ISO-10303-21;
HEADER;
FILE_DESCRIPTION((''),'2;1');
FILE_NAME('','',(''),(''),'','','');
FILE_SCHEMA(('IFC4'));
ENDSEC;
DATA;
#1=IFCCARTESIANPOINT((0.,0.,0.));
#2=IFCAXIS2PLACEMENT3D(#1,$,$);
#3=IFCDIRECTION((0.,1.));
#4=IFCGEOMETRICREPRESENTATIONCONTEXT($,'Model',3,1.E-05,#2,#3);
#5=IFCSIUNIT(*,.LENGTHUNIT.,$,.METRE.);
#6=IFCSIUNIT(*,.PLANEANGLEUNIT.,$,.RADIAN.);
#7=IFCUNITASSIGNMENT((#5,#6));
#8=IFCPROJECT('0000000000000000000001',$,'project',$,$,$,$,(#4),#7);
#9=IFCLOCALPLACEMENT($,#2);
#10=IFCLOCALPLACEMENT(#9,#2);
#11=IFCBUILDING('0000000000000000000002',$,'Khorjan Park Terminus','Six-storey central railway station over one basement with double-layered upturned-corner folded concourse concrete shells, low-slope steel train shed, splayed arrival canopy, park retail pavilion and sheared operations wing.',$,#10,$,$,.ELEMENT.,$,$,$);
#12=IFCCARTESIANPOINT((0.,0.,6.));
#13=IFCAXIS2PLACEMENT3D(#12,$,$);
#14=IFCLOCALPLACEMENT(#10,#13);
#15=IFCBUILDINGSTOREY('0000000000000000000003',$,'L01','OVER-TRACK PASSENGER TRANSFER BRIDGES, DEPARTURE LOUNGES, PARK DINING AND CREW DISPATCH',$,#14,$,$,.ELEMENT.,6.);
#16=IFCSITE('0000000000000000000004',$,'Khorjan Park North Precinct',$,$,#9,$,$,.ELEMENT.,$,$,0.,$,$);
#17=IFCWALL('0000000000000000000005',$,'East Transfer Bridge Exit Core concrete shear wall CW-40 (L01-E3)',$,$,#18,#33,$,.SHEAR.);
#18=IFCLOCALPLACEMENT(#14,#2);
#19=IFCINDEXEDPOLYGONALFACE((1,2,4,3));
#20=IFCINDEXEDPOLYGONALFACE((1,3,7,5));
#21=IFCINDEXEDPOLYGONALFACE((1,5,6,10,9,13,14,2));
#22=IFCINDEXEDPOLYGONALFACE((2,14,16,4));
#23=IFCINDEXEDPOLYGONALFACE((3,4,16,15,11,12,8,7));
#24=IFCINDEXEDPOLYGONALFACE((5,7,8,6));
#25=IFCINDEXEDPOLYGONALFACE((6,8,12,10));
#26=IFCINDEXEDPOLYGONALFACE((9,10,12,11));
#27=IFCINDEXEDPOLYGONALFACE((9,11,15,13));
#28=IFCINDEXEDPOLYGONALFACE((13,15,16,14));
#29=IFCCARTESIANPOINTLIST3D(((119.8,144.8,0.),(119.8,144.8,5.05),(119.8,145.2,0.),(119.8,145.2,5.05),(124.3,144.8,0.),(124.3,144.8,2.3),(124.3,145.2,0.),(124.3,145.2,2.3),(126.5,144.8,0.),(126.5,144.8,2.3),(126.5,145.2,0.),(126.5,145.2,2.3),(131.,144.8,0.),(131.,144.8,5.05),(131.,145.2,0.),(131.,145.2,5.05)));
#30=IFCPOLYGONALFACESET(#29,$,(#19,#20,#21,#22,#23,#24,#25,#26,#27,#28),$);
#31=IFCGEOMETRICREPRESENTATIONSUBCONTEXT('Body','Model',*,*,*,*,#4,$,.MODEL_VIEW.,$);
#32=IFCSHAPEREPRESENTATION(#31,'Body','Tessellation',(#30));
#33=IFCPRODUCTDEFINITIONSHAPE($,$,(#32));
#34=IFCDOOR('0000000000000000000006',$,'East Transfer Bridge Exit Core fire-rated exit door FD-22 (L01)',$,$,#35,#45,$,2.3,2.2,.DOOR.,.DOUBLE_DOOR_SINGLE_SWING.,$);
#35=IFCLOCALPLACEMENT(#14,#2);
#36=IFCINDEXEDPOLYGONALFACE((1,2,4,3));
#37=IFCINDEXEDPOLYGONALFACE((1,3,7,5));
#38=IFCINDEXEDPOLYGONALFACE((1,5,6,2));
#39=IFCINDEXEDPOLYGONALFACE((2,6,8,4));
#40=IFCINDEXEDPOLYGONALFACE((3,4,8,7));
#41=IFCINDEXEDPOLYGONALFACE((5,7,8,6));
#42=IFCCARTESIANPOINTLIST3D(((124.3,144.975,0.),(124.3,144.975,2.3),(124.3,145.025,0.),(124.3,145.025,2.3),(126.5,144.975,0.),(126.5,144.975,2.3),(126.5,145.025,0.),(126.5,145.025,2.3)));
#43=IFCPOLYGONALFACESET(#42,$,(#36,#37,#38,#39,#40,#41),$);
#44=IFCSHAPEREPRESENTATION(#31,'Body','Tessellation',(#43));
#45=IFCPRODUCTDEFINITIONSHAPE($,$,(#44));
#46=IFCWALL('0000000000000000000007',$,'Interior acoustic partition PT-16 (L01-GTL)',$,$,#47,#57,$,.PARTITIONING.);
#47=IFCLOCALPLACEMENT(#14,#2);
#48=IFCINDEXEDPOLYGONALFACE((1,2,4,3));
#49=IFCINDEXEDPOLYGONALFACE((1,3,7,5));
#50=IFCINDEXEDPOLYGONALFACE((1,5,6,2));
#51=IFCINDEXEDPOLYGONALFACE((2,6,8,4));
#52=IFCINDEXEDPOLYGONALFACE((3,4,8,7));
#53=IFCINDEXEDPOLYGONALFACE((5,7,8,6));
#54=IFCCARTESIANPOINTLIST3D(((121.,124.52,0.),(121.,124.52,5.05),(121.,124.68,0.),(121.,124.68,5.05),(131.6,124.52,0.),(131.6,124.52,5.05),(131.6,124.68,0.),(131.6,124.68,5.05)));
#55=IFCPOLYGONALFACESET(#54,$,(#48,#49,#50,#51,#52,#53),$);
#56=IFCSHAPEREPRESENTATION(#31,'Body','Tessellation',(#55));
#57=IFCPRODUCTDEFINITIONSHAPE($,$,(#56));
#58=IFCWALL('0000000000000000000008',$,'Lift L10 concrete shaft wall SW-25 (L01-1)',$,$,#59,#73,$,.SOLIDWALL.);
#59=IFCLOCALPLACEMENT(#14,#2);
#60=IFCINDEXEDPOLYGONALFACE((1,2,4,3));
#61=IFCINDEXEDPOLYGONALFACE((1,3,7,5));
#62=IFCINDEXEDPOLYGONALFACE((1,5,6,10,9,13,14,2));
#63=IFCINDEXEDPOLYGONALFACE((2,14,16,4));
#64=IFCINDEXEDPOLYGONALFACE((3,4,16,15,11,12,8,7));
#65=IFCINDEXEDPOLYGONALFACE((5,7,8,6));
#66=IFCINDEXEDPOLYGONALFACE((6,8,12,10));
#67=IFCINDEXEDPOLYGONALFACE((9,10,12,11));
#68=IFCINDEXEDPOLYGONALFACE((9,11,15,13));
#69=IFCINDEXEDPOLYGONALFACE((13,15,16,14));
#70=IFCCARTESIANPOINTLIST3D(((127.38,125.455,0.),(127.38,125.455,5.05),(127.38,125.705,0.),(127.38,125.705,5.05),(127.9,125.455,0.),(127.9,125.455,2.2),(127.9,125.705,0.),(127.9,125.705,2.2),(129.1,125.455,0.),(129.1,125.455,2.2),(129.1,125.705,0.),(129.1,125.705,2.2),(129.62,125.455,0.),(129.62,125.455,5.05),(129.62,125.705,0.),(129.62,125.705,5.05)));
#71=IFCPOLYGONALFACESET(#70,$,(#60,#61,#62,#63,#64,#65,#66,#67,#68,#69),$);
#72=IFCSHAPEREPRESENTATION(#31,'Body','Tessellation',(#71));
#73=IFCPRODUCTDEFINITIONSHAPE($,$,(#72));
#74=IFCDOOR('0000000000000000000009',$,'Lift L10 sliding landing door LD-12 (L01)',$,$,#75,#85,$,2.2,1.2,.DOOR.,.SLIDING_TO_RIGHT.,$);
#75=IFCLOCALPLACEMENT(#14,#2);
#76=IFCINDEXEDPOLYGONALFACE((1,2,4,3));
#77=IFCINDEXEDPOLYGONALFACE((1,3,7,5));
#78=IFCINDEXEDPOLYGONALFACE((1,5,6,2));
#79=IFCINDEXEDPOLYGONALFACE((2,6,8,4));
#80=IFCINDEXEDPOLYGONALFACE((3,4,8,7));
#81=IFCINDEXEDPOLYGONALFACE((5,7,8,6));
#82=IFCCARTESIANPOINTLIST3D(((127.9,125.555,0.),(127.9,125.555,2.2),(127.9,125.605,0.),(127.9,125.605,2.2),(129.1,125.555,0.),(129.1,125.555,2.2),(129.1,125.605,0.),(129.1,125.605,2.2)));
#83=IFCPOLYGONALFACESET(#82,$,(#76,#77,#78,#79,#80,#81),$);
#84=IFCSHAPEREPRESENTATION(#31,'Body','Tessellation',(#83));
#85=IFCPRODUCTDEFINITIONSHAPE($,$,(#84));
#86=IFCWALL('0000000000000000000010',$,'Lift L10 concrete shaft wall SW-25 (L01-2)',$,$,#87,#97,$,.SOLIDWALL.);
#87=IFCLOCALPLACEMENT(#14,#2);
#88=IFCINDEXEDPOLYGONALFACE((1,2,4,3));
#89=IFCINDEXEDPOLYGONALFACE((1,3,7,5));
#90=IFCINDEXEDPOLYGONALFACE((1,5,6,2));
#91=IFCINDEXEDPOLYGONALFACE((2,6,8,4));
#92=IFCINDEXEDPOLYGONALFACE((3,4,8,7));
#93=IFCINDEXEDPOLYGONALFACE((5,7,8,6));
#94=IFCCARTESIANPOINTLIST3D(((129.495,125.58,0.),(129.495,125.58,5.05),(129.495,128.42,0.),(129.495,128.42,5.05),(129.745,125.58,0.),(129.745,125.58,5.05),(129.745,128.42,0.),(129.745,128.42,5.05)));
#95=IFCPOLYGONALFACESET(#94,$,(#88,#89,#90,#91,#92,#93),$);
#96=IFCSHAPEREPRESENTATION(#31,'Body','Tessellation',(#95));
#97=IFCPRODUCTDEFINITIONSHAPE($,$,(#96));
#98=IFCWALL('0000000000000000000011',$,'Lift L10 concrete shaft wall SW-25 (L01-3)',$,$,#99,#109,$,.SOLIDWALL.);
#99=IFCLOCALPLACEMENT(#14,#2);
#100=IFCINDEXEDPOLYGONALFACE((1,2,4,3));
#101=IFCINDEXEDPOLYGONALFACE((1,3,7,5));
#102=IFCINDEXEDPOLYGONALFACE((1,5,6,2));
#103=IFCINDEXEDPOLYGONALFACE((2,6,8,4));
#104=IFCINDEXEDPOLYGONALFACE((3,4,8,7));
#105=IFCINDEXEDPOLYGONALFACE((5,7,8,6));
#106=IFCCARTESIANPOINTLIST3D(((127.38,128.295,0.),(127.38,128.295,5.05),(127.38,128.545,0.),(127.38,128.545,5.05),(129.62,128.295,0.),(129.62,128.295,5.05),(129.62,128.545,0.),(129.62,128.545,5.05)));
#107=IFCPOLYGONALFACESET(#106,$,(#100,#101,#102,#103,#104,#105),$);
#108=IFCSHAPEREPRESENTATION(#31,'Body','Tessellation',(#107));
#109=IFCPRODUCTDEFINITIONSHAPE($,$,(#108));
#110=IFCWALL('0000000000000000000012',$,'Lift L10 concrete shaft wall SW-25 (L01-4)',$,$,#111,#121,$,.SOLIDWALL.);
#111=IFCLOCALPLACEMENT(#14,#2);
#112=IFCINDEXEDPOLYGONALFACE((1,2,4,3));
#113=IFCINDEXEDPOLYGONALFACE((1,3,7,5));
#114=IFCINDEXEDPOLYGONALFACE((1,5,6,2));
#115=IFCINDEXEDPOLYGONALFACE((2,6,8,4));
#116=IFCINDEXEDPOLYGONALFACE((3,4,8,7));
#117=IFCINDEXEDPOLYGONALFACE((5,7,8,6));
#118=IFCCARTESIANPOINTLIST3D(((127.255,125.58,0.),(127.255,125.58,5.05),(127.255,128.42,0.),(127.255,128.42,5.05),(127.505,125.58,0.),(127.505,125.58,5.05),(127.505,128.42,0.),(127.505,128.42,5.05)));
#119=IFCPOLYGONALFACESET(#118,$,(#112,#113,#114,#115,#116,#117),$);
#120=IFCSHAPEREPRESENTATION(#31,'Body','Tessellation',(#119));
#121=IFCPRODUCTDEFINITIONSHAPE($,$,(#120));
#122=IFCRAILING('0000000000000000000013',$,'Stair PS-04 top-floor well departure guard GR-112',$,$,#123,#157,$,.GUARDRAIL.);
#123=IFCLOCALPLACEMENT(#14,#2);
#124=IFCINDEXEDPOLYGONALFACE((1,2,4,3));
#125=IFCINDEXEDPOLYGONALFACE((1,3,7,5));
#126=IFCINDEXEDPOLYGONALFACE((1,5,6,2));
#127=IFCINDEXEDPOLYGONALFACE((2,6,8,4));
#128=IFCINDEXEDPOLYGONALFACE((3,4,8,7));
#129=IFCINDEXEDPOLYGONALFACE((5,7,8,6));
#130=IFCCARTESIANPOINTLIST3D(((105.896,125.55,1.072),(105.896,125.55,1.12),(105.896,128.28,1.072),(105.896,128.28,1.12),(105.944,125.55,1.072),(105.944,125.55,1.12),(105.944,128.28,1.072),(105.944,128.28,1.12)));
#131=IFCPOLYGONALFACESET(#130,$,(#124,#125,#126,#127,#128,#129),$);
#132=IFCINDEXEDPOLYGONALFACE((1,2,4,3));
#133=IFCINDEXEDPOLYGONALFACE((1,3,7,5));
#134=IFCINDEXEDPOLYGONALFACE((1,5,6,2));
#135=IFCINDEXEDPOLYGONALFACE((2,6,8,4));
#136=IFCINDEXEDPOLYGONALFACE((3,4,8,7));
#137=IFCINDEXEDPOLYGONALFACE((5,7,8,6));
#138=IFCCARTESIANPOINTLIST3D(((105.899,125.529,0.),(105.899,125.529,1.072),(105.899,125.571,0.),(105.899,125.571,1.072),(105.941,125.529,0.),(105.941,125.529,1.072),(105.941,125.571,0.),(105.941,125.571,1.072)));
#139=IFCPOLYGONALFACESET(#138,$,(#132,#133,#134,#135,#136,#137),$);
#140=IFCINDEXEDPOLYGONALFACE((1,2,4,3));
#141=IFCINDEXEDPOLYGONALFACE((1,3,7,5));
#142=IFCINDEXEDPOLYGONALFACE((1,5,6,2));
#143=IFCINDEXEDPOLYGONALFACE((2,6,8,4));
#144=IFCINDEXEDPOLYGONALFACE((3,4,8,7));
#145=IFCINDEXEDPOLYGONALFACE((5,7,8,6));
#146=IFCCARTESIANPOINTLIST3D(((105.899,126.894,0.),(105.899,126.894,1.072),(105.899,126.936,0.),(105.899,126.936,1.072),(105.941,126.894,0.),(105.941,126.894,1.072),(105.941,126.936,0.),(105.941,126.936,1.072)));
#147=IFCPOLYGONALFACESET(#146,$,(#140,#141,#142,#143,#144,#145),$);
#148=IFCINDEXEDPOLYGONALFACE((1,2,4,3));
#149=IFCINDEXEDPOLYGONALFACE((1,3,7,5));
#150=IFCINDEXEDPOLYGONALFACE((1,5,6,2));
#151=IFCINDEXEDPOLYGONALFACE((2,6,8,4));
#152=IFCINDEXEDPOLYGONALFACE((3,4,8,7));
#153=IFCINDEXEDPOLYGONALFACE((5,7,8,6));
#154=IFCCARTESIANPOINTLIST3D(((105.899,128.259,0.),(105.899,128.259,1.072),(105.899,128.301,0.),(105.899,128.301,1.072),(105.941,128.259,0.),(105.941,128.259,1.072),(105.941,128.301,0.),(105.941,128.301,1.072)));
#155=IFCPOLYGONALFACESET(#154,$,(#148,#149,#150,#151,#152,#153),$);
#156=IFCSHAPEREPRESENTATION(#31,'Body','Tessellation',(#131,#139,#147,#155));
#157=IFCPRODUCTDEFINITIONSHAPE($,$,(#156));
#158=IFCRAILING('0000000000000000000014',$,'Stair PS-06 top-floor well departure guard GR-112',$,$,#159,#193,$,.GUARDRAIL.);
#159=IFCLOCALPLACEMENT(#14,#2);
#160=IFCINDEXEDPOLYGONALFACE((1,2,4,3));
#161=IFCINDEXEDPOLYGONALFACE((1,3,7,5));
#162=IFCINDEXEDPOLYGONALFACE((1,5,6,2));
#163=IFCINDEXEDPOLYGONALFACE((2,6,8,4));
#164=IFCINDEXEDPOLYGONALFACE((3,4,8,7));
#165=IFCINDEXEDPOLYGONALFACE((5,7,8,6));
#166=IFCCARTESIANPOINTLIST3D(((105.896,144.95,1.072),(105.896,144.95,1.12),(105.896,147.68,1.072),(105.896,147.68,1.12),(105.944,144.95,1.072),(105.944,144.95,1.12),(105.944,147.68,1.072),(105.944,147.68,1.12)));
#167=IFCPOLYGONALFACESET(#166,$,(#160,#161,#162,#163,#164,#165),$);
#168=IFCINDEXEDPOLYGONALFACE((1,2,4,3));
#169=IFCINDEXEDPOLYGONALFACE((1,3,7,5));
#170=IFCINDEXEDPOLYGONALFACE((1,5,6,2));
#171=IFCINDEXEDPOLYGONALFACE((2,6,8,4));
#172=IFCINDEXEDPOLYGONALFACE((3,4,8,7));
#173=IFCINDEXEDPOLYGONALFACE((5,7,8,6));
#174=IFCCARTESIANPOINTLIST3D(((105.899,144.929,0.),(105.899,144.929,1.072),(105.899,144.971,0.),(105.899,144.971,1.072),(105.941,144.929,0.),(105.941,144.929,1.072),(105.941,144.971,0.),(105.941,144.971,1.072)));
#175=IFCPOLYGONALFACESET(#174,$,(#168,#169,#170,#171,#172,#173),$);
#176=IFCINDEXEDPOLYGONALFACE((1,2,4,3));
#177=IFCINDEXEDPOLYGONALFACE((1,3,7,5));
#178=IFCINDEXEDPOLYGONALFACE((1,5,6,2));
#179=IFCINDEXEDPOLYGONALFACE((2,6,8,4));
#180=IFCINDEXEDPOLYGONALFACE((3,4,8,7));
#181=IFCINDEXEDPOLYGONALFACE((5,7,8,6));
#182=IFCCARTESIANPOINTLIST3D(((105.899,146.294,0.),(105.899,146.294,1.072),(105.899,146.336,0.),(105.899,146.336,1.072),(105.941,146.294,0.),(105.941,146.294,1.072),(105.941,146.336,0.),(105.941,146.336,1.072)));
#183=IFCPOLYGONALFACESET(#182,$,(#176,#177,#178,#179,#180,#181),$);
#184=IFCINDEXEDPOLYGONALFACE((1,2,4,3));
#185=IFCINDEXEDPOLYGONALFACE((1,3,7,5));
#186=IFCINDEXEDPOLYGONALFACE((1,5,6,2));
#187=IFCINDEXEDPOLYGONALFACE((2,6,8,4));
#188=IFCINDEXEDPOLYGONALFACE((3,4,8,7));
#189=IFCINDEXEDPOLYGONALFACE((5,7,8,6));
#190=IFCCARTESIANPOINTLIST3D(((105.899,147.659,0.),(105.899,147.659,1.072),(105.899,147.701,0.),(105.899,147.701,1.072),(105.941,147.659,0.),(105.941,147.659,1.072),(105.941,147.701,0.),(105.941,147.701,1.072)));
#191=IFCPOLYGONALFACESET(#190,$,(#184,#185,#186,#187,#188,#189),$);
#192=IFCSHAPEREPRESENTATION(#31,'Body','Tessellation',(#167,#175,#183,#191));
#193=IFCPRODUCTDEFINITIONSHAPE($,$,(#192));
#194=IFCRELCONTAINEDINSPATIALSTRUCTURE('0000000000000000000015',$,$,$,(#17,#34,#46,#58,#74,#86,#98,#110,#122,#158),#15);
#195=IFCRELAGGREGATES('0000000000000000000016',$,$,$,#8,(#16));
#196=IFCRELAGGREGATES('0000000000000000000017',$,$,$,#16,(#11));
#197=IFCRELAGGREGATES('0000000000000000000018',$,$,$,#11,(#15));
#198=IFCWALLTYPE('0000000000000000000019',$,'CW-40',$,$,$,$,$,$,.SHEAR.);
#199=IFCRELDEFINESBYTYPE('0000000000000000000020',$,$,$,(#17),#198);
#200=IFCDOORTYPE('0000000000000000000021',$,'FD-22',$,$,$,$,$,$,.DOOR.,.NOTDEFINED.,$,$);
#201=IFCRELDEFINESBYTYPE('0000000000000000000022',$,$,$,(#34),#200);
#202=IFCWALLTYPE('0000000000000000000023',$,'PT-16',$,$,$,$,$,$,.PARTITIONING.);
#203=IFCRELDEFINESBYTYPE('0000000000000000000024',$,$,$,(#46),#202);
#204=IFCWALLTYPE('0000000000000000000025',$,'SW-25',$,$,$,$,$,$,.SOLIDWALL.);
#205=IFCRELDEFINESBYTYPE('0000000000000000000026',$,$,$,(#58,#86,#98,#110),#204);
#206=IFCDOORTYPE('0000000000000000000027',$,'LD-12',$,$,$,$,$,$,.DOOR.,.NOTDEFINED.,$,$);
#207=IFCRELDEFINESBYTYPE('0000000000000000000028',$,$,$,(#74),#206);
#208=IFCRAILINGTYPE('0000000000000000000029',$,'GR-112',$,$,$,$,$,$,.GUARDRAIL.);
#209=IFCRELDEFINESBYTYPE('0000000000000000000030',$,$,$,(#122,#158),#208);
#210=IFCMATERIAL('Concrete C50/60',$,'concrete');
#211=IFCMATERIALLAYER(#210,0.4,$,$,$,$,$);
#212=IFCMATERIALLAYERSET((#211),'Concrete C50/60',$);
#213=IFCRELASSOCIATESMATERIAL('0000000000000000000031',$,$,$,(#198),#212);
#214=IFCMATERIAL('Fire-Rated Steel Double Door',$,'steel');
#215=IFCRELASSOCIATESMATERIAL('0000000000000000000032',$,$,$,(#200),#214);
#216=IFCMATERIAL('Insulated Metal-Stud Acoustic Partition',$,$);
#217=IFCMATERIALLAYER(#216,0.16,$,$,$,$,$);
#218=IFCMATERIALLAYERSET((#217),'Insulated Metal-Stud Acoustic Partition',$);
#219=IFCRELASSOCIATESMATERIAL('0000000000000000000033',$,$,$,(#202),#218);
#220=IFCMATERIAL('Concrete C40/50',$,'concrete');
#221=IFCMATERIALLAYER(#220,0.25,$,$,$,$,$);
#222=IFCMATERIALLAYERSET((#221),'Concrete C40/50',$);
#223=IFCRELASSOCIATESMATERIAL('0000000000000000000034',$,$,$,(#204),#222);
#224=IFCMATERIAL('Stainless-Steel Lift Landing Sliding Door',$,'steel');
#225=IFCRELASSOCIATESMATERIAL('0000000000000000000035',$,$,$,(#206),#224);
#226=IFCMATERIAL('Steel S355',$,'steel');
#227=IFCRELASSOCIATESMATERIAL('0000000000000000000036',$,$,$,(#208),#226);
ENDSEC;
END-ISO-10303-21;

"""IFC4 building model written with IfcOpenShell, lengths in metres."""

from ifc_helpers import new_model, si_unit, direction, frame, frame_2d, origin, origin_2d, place, context, subcontext, project, spatial, rectangle, extrude, material, layer, layer_set, type_object, element, fill, save


model = new_model("IFC4")

# Units and contexts
model_context = context("Model", 3, precision=1e-05, world=origin(), true_north=direction((0.0, 1.0)))
body_context = subcontext(model_context, "Body", "Model", "MODEL_VIEW")
ifc_project = project(units=[si_unit("LENGTHUNIT", "METRE"), si_unit("PLANEANGLEUNIT", "RADIAN")], contexts=[model_context])

# Site, building, storey
site_placement = place(None, origin())
site = spatial("IfcSite", under=ifc_project, at=site_placement, Name="Khorjan Park North Precinct", CompositionType="ELEMENT", RefElevation=0.0)
building_placement = place(site_placement, origin())
building = spatial("IfcBuilding", under=site, at=building_placement, Name="Khorjan Park Terminus", Description="Six-storey central railway station over one basement with double-layered upturned-corner folded concourse concrete shells, low-slope steel train shed, splayed arrival canopy, park retail pavilion and sheared operations wing.", CompositionType="ELEMENT")
storey_placement = place(building_placement, frame((0.0, 0.0, 6.0)))
storey = spatial("IfcBuildingStorey", under=building, at=storey_placement, Name="L01", Description="OVER-TRACK PASSENGER TRANSFER BRIDGES, DEPARTURE LOUNGES, PARK DINING AND CREW DISPATCH", CompositionType="ELEMENT", Elevation=6.0)

# Shared definitions
ifc_material_1 = material(Name="Steel S355", Category="steel")

# Wall, opening, door
ifc_material_2 = material(Name="Concrete C50/60", Category="concrete")
ifc_layer_1 = layer(ifc_material_2, 0.4)
ifc_layer_set_1 = layer_set([ifc_layer_1], Name="Concrete C50/60")
wall_type_1 = type_object("IfcWallType", Name="CW-40", PredefinedType="SHEAR", material=ifc_layer_set_1)
wall_1_placement = place(storey_placement, frame((119.8, 145.0, 0.0), z_axis=(0.0, 0.0, 1.0), x_axis=(1.0, 0.0, 0.0)))
wall_1 = element("IfcWall", 1, at=wall_1_placement, inside=storey, type_object=wall_type_1, Name="East Transfer Bridge Exit Core concrete shear wall CW-40 (L01-E3)", PredefinedType="SHEAR", context=body_context, shape_type="SweptSolid", body=[
    extrude(rectangle(XDim=11.2, YDim=0.4, at=frame_2d((5.6, 0.0))), origin(), (0.0, 0.0, 1.0), 5.05),
])
opening_1_placement = place(wall_1_placement, frame((4.5, 0.0, 0.0)))
opening_1 = element("IfcOpeningElement", 2, at=opening_1_placement, cuts=wall_1, PredefinedType="OPENING", context=body_context, shape_type="SweptSolid", body=[
    extrude(rectangle(XDim=2.2, YDim=2.3, at=frame_2d((1.1, 1.15))), frame((0.0, 0.21, 0.0), z_axis=(0.0, -1.0, 0.0), x_axis=(1.0, 0.0, 0.0)), (0.0, 0.0, 1.0), 0.42),
])
ifc_material_3 = material(Name="Fire-Rated Steel Double Door", Category="steel")
door_type_1 = type_object("IfcDoorType", Name="FD-22", OperationType="NOTDEFINED", PredefinedType="DOOR", material=ifc_material_3)
door_1_placement = place(opening_1_placement, origin())
door_1 = element("IfcDoor", 3, at=door_1_placement, inside=storey, type_object=door_type_1, Name="East Transfer Bridge Exit Core fire-rated exit door FD-22 (L01)", OperationType="DOUBLE_DOOR_SINGLE_SWING", OverallHeight=2.3, OverallWidth=2.2, PredefinedType="DOOR", context=body_context, shape_type="SweptSolid", body=[
    extrude(rectangle(XDim=2.2, YDim=2.3, at=frame_2d((1.1, 1.15))), frame((0.0, 0.025, 0.0), z_axis=(0.0, -1.0, 0.0), x_axis=(1.0, 0.0, 0.0)), (0.0, 0.0, 1.0), 0.05),
])
fill(opening_1, door_1)

# Wall
ifc_material_4 = material(Name="Insulated Metal-Stud Acoustic Partition")
ifc_layer_2 = layer(ifc_material_4, 0.16)
ifc_layer_set_2 = layer_set([ifc_layer_2], Name="Insulated Metal-Stud Acoustic Partition")
wall_type_2 = type_object("IfcWallType", Name="PT-16", PredefinedType="PARTITIONING", material=ifc_layer_set_2)
wall_2_placement = place(storey_placement, frame((121.0, 124.6, 0.0), z_axis=(0.0, 0.0, 1.0), x_axis=(1.0, 0.0, 0.0)))
element("IfcWall", 4, at=wall_2_placement, inside=storey, type_object=wall_type_2, Name="Interior acoustic partition PT-16 (L01-GTL)", PredefinedType="PARTITIONING", context=body_context, shape_type="SweptSolid", body=[
    extrude(rectangle(XDim=10.6, YDim=0.16, at=frame_2d((5.3, 0.0))), origin(), (0.0, 0.0, 1.0), 5.05),
])

# Wall, opening, door
ifc_material_5 = material(Name="Concrete C40/50", Category="concrete")
ifc_layer_3 = layer(ifc_material_5, 0.25)
ifc_layer_set_3 = layer_set([ifc_layer_3], Name="Concrete C40/50")
wall_type_3 = type_object("IfcWallType", Name="SW-25", PredefinedType="SOLIDWALL", material=ifc_layer_set_3)
wall_3_placement = place(storey_placement, frame((127.38, 125.58, 0.0), z_axis=(0.0, 0.0, 1.0), x_axis=(1.0, 0.0, 0.0)))
wall_3 = element("IfcWall", 5, at=wall_3_placement, inside=storey, type_object=wall_type_3, Name="Lift L10 concrete shaft wall SW-25 (L01-1)", PredefinedType="SOLIDWALL", context=body_context, shape_type="SweptSolid", body=[
    extrude(rectangle(XDim=2.24, YDim=0.25, at=frame_2d((1.12, 0.0))), origin(), (0.0, 0.0, 1.0), 5.05),
])
opening_2_placement = place(wall_3_placement, frame((0.52, 0.0, 0.0)))
opening_2 = element("IfcOpeningElement", 6, at=opening_2_placement, cuts=wall_3, PredefinedType="OPENING", context=body_context, shape_type="SweptSolid", body=[
    extrude(rectangle(XDim=1.2, YDim=2.2, at=frame_2d((0.6, 1.1))), frame((0.0, 0.135, 0.0), z_axis=(0.0, -1.0, 0.0), x_axis=(1.0, 0.0, 0.0)), (0.0, 0.0, 1.0), 0.27),
])
ifc_material_6 = material(Name="Stainless-Steel Lift Landing Sliding Door", Category="steel")
door_type_2 = type_object("IfcDoorType", Name="LD-12", OperationType="NOTDEFINED", PredefinedType="DOOR", material=ifc_material_6)
door_2_placement = place(opening_2_placement, origin())
door_2 = element("IfcDoor", 7, at=door_2_placement, inside=storey, type_object=door_type_2, Name="Lift L10 sliding landing door LD-12 (L01)", OperationType="SLIDING_TO_RIGHT", OverallHeight=2.2, OverallWidth=1.2, PredefinedType="DOOR", context=body_context, shape_type="SweptSolid", body=[
    extrude(rectangle(XDim=1.2, YDim=2.2, at=frame_2d((0.6, 1.1))), frame((0.0, 0.025, 0.0), z_axis=(0.0, -1.0, 0.0), x_axis=(1.0, 0.0, 0.0)), (0.0, 0.0, 1.0), 0.05),
])
fill(opening_2, door_2)

# Walls
wall_4_placement = place(storey_placement, frame((129.62, 125.58, 0.0), z_axis=(0.0, 0.0, 1.0), x_axis=(0.0, 1.0, 0.0)))
element("IfcWall", 8, at=wall_4_placement, inside=storey, type_object=wall_type_3, Name="Lift L10 concrete shaft wall SW-25 (L01-2)", PredefinedType="SOLIDWALL", context=body_context, shape_type="SweptSolid", body=[
    extrude(rectangle(XDim=2.84, YDim=0.25, at=frame_2d((1.42, 0.0))), origin(), (0.0, 0.0, 1.0), 5.05),
])
wall_5_placement = place(storey_placement, frame((129.62, 128.42, 0.0), z_axis=(0.0, 0.0, 1.0), x_axis=(-1.0, 0.0, 0.0)))
element("IfcWall", 9, at=wall_5_placement, inside=storey, type_object=wall_type_3, Name="Lift L10 concrete shaft wall SW-25 (L01-3)", PredefinedType="SOLIDWALL", context=body_context, shape_type="SweptSolid", body=[
    extrude(rectangle(XDim=2.24, YDim=0.25, at=frame_2d((1.12, 0.0))), origin(), (0.0, 0.0, 1.0), 5.05),
])
wall_6_placement = place(storey_placement, frame((127.38, 128.42, 0.0), z_axis=(0.0, 0.0, 1.0), x_axis=(0.0, -1.0, 0.0)))
element("IfcWall", 10, at=wall_6_placement, inside=storey, type_object=wall_type_3, Name="Lift L10 concrete shaft wall SW-25 (L01-4)", PredefinedType="SOLIDWALL", context=body_context, shape_type="SweptSolid", body=[
    extrude(rectangle(XDim=2.84, YDim=0.25, at=frame_2d((1.42, 0.0))), origin(), (0.0, 0.0, 1.0), 5.05),
])

# Railings
railing_type_1 = type_object("IfcRailingType", Name="GR-112", PredefinedType="GUARDRAIL", material=ifc_material_1)
for number, where, name in (
    (11, (105.92, 125.55, 0.0), "Stair PS-04 top-floor well departure guard GR-112"),
    (12, (105.92, 144.95, 0.0), "Stair PS-06 top-floor well departure guard GR-112"),
):
    element("IfcRailing", number, at=place(storey_placement, frame(where)), inside=storey, type_object=railing_type_1, Name=name, PredefinedType="GUARDRAIL", context=body_context, shape_type="SweptSolid", body=[
        extrude(rectangle(XDim=0.048, YDim=0.048, at=origin_2d()), frame((0.0, 0.0, 1.096), z_axis=(0.0, 1.0, 0.0), x_axis=(-1.0, 0.0, 0.0)), (0.0, 0.0, 1.0), 2.73),
        extrude(rectangle(XDim=0.042, YDim=0.042, at=origin_2d()), origin(), (0.0, 0.0, 1.0), 1.072),
        extrude(rectangle(XDim=0.042, YDim=0.042, at=origin_2d()), frame((0.0, 1.365, 0.0)), (0.0, 0.0, 1.0), 1.072),
        extrude(rectangle(XDim=0.042, YDim=0.042, at=origin_2d()), frame((0.0, 2.73, 0.0)), (0.0, 0.0, 1.0), 1.072),
    ])

save(model, "model.ifc")
